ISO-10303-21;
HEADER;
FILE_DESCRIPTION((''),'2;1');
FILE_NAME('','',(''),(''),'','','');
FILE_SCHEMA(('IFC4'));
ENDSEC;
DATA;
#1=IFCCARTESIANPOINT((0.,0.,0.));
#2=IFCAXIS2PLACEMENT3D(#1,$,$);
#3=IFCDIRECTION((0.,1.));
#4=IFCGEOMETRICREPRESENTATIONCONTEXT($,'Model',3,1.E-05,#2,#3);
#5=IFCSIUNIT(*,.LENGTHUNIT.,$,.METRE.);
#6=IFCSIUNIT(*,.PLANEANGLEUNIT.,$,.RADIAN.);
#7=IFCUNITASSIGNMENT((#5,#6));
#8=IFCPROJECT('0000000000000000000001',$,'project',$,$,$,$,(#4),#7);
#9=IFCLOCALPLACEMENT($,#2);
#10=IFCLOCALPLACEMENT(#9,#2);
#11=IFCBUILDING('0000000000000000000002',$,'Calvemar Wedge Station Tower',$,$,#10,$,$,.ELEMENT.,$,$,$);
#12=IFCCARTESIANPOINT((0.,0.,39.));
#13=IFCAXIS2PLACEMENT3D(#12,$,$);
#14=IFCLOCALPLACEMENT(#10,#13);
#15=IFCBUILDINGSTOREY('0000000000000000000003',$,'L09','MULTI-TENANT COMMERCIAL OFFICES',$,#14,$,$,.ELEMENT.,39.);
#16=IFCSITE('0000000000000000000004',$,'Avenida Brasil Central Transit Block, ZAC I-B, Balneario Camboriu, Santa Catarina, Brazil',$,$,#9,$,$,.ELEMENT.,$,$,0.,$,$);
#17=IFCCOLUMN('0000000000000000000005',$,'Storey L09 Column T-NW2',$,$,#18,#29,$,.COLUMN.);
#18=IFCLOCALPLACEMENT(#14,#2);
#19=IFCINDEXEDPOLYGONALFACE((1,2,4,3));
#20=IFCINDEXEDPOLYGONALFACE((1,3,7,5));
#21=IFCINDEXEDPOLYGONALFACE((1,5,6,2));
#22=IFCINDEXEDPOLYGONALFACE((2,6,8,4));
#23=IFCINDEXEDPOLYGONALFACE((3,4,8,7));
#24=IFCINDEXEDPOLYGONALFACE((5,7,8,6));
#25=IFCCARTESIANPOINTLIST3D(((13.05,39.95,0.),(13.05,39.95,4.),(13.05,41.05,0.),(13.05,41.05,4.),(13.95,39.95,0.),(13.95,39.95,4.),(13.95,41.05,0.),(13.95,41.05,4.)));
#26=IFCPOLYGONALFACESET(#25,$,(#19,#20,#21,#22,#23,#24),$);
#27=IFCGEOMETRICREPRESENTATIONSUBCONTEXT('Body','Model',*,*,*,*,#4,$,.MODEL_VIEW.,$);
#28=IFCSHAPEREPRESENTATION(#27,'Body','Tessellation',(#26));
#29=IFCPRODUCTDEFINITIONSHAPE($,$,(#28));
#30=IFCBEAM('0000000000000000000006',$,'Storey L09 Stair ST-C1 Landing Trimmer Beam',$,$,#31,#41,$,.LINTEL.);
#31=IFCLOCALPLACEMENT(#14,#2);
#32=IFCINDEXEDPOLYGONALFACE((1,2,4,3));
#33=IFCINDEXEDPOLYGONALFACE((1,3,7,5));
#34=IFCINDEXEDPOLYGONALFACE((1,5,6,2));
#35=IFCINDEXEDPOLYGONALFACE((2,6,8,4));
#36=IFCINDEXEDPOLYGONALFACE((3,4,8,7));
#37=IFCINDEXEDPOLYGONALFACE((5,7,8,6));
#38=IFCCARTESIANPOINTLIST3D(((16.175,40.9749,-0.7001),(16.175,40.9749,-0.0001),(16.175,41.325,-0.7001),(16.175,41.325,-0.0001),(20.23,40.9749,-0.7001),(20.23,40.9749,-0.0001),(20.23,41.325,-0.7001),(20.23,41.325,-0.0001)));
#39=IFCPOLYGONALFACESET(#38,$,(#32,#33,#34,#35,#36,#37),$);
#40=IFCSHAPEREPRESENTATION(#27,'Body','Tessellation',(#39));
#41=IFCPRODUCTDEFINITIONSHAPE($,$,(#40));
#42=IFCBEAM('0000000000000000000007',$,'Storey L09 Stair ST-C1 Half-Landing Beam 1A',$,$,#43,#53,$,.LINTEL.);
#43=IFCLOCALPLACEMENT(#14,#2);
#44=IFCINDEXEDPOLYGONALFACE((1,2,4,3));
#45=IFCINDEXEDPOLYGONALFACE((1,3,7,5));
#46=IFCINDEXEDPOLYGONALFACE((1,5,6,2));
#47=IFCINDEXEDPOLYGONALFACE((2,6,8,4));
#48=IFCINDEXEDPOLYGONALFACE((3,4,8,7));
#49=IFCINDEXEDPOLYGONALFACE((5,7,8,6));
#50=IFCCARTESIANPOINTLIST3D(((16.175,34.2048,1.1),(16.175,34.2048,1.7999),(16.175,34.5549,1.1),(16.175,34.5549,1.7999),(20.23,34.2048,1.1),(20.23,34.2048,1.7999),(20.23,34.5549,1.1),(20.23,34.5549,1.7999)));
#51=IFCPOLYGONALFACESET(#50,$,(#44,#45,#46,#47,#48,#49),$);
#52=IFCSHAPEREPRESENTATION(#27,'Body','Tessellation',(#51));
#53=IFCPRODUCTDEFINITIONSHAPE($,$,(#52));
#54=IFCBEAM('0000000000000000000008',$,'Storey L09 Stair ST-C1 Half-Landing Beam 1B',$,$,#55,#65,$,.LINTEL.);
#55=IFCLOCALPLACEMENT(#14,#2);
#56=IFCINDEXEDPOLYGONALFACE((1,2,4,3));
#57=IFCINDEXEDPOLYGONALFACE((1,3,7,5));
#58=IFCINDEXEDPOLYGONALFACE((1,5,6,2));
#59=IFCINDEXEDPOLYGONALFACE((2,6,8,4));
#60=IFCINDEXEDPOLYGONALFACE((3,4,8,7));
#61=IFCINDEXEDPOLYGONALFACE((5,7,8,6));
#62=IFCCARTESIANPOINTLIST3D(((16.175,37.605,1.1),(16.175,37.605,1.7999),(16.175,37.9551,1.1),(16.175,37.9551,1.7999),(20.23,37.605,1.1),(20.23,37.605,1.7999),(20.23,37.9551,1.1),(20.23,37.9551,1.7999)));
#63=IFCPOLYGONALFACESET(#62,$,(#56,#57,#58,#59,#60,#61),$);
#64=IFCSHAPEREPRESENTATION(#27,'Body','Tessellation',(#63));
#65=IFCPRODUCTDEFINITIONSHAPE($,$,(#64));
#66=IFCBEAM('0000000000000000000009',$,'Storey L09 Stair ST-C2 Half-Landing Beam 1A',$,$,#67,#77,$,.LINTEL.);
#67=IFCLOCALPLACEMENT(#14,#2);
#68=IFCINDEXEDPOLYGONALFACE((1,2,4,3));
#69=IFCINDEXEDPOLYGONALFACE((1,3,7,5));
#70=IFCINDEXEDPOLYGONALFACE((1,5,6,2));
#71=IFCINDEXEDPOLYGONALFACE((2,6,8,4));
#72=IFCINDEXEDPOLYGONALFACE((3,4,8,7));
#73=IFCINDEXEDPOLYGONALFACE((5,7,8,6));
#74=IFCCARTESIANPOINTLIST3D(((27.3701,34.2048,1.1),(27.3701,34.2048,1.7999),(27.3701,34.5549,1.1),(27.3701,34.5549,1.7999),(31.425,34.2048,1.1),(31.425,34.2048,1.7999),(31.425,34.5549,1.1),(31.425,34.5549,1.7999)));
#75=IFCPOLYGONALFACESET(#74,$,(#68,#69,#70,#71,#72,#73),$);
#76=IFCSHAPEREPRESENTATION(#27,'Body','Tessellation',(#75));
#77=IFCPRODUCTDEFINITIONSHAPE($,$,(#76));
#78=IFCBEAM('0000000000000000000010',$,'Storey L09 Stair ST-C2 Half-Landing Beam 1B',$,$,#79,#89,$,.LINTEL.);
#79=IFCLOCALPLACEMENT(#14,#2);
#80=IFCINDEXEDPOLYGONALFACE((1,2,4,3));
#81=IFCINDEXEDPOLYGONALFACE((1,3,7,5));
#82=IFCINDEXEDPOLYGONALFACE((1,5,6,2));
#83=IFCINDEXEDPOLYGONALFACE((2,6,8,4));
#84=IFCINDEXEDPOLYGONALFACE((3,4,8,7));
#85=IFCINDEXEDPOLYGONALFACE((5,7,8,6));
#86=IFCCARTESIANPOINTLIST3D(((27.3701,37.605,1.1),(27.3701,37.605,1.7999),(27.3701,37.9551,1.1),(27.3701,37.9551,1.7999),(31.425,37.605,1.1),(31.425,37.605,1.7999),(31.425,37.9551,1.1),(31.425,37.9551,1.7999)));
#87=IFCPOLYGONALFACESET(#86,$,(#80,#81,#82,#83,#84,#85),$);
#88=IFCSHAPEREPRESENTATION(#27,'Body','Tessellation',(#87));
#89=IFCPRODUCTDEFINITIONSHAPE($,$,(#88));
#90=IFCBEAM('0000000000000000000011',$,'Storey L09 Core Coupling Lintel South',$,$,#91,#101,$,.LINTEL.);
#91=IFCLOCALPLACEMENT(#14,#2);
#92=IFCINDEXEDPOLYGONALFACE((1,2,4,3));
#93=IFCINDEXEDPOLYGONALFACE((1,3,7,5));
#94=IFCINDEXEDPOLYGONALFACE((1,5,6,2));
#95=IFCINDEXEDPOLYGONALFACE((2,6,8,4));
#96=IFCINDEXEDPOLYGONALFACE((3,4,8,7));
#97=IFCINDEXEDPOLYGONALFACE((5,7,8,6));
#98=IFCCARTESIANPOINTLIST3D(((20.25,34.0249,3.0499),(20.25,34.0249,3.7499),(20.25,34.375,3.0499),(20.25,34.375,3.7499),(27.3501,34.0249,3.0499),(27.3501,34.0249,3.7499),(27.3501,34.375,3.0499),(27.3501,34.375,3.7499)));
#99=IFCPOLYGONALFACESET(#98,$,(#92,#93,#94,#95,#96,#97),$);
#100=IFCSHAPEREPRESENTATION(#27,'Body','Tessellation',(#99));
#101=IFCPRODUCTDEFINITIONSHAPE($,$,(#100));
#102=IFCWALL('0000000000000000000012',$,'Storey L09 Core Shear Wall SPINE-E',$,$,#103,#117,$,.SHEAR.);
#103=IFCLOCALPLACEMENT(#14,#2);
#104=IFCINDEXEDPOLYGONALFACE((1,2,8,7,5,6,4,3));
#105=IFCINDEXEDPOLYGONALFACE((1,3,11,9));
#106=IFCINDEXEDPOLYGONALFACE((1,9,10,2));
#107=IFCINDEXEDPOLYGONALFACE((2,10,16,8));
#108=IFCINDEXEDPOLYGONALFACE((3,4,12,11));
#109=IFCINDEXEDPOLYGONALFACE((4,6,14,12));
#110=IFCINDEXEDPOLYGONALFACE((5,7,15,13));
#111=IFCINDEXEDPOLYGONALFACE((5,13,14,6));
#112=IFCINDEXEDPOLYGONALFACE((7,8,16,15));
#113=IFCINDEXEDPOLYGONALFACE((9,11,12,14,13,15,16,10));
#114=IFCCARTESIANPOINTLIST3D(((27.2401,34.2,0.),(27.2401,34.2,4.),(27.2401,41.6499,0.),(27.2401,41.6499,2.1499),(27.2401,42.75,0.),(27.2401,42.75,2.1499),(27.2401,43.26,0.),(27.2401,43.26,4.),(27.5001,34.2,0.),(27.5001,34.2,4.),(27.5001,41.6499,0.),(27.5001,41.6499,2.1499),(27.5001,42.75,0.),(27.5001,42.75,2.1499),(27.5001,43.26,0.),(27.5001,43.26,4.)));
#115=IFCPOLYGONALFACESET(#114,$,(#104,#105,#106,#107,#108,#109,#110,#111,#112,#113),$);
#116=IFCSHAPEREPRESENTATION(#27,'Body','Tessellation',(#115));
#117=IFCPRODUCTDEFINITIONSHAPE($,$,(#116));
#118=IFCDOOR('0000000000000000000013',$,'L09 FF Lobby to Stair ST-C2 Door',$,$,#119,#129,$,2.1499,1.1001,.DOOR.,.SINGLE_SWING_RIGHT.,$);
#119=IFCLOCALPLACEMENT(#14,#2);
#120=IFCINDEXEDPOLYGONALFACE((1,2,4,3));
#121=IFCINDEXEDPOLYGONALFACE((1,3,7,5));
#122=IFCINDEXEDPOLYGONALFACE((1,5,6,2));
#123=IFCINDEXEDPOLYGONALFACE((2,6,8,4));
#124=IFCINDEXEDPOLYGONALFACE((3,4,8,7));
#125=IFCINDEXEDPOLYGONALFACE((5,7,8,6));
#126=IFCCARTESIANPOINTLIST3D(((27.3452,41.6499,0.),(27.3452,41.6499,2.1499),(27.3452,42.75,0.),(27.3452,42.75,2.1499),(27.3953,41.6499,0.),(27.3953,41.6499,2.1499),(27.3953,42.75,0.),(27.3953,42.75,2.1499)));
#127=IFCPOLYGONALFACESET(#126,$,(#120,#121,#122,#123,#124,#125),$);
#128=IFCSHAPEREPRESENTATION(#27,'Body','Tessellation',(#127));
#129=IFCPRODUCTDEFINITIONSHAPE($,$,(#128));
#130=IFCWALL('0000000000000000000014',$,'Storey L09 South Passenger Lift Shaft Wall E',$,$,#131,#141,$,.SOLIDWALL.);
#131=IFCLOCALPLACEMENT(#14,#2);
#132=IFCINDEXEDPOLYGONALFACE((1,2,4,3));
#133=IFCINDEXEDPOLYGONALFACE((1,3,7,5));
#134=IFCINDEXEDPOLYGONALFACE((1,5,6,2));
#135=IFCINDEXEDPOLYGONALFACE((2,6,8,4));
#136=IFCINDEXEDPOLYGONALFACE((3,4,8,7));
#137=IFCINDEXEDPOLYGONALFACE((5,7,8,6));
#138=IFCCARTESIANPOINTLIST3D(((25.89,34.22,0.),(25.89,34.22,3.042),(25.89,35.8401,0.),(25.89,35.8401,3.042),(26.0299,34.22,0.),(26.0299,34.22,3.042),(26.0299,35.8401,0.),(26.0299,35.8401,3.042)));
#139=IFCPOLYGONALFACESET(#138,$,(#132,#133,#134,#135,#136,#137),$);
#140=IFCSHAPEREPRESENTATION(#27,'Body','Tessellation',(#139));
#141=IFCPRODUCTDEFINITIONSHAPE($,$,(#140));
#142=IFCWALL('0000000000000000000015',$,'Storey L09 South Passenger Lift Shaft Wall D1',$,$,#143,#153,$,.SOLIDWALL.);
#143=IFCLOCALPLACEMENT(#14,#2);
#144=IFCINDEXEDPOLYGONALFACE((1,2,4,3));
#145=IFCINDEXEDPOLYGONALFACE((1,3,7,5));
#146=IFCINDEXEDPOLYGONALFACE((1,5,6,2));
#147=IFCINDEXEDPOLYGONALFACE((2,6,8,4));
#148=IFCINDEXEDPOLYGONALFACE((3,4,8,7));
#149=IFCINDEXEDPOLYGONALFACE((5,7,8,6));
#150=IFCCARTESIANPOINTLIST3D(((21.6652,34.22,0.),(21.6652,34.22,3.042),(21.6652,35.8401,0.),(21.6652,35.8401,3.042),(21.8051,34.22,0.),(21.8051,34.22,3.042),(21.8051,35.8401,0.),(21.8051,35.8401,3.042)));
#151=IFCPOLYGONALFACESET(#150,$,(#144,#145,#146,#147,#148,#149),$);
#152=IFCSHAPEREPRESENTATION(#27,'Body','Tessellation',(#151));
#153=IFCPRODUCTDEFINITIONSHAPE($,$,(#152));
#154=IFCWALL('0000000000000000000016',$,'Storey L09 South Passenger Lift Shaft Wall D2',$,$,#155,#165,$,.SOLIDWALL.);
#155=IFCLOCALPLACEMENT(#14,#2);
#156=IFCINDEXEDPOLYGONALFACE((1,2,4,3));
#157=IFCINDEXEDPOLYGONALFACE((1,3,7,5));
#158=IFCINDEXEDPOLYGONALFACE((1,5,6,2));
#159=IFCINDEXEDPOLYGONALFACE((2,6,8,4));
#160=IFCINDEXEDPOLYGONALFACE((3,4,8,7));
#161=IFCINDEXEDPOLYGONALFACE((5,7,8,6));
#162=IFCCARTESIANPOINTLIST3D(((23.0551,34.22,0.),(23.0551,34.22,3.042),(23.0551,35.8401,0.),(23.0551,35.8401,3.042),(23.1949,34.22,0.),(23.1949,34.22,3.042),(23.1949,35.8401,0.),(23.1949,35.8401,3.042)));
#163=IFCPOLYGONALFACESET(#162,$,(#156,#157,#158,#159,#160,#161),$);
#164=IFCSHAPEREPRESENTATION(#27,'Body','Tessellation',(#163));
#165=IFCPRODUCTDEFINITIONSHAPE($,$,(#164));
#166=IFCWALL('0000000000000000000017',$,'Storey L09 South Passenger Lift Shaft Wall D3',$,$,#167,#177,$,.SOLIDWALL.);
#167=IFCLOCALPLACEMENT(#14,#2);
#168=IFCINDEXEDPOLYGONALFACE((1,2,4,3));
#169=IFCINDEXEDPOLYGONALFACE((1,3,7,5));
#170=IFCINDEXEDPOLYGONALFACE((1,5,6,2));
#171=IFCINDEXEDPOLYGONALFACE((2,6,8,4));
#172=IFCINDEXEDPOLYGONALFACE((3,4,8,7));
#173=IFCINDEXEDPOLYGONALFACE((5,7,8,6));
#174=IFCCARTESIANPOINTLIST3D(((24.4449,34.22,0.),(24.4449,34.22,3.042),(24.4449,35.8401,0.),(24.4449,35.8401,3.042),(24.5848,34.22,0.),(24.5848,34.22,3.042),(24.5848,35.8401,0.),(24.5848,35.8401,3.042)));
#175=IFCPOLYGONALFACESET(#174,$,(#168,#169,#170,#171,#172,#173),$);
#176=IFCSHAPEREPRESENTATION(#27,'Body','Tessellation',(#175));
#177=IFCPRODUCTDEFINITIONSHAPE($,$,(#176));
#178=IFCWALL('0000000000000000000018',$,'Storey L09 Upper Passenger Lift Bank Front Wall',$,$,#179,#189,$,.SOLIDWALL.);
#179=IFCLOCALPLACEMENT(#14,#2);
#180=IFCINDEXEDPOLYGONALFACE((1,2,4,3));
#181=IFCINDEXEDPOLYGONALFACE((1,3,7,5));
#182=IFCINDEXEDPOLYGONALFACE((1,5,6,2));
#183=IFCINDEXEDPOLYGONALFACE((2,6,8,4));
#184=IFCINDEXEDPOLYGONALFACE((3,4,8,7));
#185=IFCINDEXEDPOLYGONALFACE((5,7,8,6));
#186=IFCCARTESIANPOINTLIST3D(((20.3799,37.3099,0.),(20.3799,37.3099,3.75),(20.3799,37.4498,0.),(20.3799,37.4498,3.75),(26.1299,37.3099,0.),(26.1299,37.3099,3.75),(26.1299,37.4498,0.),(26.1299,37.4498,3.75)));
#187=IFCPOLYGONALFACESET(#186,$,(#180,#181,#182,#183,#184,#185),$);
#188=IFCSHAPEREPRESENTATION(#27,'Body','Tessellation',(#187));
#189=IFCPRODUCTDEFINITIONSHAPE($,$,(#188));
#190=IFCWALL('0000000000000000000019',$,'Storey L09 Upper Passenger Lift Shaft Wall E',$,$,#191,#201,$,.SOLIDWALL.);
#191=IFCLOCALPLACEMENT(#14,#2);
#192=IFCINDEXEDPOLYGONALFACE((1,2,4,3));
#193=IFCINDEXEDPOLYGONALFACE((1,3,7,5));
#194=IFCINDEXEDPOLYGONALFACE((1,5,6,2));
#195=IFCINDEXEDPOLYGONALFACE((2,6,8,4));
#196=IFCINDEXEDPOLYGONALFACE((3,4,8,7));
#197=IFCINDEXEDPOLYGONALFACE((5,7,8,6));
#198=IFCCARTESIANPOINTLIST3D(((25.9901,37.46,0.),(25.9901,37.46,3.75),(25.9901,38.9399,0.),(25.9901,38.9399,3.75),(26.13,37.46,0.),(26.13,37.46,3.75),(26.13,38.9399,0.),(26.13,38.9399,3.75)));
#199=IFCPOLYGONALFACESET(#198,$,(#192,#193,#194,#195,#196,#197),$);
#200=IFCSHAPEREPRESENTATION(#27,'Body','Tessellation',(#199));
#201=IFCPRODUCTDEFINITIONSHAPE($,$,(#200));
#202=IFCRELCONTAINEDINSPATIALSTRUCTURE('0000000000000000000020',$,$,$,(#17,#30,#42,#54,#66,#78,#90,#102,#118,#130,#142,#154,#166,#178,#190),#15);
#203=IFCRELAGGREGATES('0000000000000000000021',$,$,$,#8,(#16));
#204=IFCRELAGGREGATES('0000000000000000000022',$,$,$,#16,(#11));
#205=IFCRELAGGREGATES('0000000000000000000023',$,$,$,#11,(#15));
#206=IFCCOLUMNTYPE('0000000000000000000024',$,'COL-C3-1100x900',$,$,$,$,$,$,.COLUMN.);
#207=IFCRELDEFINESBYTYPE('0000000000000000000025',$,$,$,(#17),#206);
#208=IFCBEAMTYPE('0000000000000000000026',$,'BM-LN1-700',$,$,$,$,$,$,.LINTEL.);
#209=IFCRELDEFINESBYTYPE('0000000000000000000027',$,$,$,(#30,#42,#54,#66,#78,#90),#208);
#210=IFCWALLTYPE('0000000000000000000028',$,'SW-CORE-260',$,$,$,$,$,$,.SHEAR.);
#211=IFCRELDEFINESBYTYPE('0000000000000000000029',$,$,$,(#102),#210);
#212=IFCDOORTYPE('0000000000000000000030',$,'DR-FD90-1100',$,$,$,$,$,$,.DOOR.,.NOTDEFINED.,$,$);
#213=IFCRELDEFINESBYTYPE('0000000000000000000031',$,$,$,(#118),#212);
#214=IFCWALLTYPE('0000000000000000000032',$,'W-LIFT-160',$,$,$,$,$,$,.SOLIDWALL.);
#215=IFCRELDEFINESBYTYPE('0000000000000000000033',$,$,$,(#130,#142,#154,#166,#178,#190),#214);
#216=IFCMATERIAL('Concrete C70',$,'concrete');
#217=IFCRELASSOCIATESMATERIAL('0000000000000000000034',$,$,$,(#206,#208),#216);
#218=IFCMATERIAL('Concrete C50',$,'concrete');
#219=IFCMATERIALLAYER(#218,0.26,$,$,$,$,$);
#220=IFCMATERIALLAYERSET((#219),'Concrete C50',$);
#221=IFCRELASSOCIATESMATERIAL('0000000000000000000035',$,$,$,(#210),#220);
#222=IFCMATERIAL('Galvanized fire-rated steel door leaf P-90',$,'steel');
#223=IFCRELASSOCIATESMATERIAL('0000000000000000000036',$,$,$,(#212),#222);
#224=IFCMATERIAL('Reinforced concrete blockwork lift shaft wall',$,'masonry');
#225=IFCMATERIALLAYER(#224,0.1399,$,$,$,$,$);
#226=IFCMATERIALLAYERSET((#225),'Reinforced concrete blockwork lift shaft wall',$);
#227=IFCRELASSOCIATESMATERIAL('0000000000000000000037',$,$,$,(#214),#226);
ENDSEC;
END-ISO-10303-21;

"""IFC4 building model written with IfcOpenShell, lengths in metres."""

from ifc_helpers import new_model, si_unit, direction, frame, frame_2d, origin, origin_2d, place, context, subcontext, project, spatial, rectangle, extrude, source, transform, mapped, material, layer, layer_set, material_profile, profile_set, type_object, element, fill, save


model = new_model("IFC4")

# Units and contexts
model_context = context("Model", 3, precision=1e-05, world=origin(), true_north=direction((0.0, 1.0)))
body_context = subcontext(model_context, "Body", "Model", "MODEL_VIEW")
ifc_project = project(units=[si_unit("LENGTHUNIT", "METRE"), si_unit("PLANEANGLEUNIT", "RADIAN")], contexts=[model_context])

# Site, building, storey
site_placement = place(None, origin())
site = spatial("IfcSite", under=ifc_project, at=site_placement, Name="Avenida Brasil Central Transit Block, ZAC I-B, Balneario Camboriu, Santa Catarina, Brazil", CompositionType="ELEMENT", RefElevation=0.0)
building_placement = place(site_placement, origin())
building = spatial("IfcBuilding", under=site, at=building_placement, Name="Calvemar Wedge Station Tower", CompositionType="ELEMENT")
storey_placement = place(building_placement, frame((0.0, 0.0, 39.0)))
storey = spatial("IfcBuildingStorey", under=building, at=storey_placement, Name="L09", Description="MULTI-TENANT COMMERCIAL OFFICES", CompositionType="ELEMENT", Elevation=39.0)

# Column
ifc_material_1 = material(Name="Concrete C70", Category="concrete")
ifc_material_profile_1 = material_profile(ifc_material_1, rectangle(XDim=0.8999, YDim=1.1001, at=origin_2d()), Name="RC1100x900")
ifc_profile_set_1 = profile_set([ifc_material_profile_1], Name="Concrete C70")
column_type = type_object("IfcColumnType", Name="COL-C3-1100x900", PredefinedType="COLUMN", material=ifc_profile_set_1)
shared_shape_1 = source(origin(), body_context, "Body", "SweptSolid", [
    extrude(rectangle(XDim=0.8999, YDim=1.1001, at=origin_2d()), origin(), (0.0, 0.0, 1.0), 4.0),
])
column_placement = place(storey_placement, frame((13.5, 40.5, 0.0), z_axis=(0.0, 0.0, 1.0), x_axis=(1.0, 0.0, 0.0)))
element("IfcColumn", 1, at=column_placement, inside=storey, type_object=column_type, Name="Storey L09 Column T-NW2", PredefinedType="COLUMN", context=body_context, shape_type="MappedRepresentation", body=[
    mapped(shared_shape_1, transform((0.0, 0.0, 0.0), scale=1.0)),
])

# Beams
ifc_material_profile_2 = material_profile(ifc_material_1, rectangle(XDim=0.3501, YDim=0.7, at=origin_2d()), Name="RC350x700")
ifc_profile_set_2 = profile_set([ifc_material_profile_2], Name="Concrete C70")
beam_type = type_object("IfcBeamType", Name="BM-LN1-700", PredefinedType="LINTEL", material=ifc_profile_set_2)
shared_shape_2 = source(origin(), body_context, "Body", "SweptSolid", [
    extrude(rectangle(XDim=0.3501, YDim=0.7, at=origin_2d()), origin(), (0.0, 0.0, 1.0), 4.0549),
])
for number, where, z_axis, x_axis, name in (
    (2, (16.175, 41.1499, -0.3501), (1.0, 0.0, 0.0), (0.0, 1.0, 0.0), "Storey L09 Stair ST-C1 Landing Trimmer Beam"),
    (3, (16.175, 34.3799, 1.45), (1.0, 0.0, 0.0), (0.0, 1.0, 0.0), "Storey L09 Stair ST-C1 Half-Landing Beam 1A"),
    (4, (16.175, 37.78, 1.45), (1.0, 0.0, 0.0), (0.0, 1.0, 0.0), "Storey L09 Stair ST-C1 Half-Landing Beam 1B"),
    (5, (27.3701, 34.3799, 1.45), (1.0, 0.0, 0.0), (0.0, 1.0, 0.0), "Storey L09 Stair ST-C2 Half-Landing Beam 1A"),
    (6, (27.3701, 37.78, 1.45), (1.0, 0.0, 0.0), (0.0, 1.0, 0.0), "Storey L09 Stair ST-C2 Half-Landing Beam 1B"),
):
    element("IfcBeam", number, at=place(storey_placement, frame(where, z_axis=z_axis, x_axis=x_axis)), inside=storey, type_object=beam_type, Name=name, PredefinedType="LINTEL", context=body_context, shape_type="MappedRepresentation", body=[
        mapped(shared_shape_2, transform((0.0, 0.0, 0.0), scale=1.0)),
    ])
shared_shape_3 = source(origin(), body_context, "Body", "SweptSolid", [
    extrude(rectangle(XDim=0.3501, YDim=0.7, at=origin_2d()), origin(), (0.0, 0.0, 1.0), 7.1001),
])
beam_placement = place(storey_placement, frame((20.25, 34.2, 3.3999), z_axis=(1.0, 0.0, 0.0), x_axis=(0.0, 1.0, 0.0)))
element("IfcBeam", 7, at=beam_placement, inside=storey, type_object=beam_type, Name="Storey L09 Core Coupling Lintel South", PredefinedType="LINTEL", context=body_context, shape_type="MappedRepresentation", body=[
    mapped(shared_shape_3, transform((0.0, 0.0, 0.0), scale=1.0)),
])

# Wall, opening, door
ifc_material_2 = material(Name="Concrete C50", Category="concrete")
ifc_layer_1 = layer(ifc_material_2, 0.26)
ifc_layer_set_1 = layer_set([ifc_layer_1], Name="Concrete C50")
wall_type_1 = type_object("IfcWallType", Name="SW-CORE-260", PredefinedType="SHEAR", material=ifc_layer_set_1)
wall_1_placement = place(storey_placement, frame((27.3701, 34.2, 0.0), z_axis=(0.0, 0.0, 1.0), x_axis=(0.0, 1.0, 0.0)))
wall_1 = element("IfcWall", 8, at=wall_1_placement, inside=storey, type_object=wall_type_1, Name="Storey L09 Core Shear Wall SPINE-E", PredefinedType="SHEAR", context=body_context, shape_type="SweptSolid", body=[
    extrude(rectangle(XDim=9.0601, YDim=0.26, at=frame_2d((4.53, 0.0))), origin(), (0.0, 0.0, 1.0), 4.0),
])
shared_shape_4 = source(origin(), body_context, "Body", "SweptSolid", [
    extrude(rectangle(XDim=1.1001, YDim=2.1499, at=frame_2d((0.55, 1.075))), frame((0.0, 0.1401, 0.0), z_axis=(0.0, -1.0, 0.0), x_axis=(1.0, 0.0, 0.0)), (0.0, 0.0, 1.0), 0.28),
])
opening_1_placement = place(wall_1_placement, frame((7.45, 0.0, 0.0)))
opening_1 = element("IfcOpeningElement", 9, at=opening_1_placement, cuts=wall_1, PredefinedType="OPENING", context=body_context, shape_type="MappedRepresentation", body=[
    mapped(shared_shape_4, transform((0.0, 0.0, 0.0), scale=1.0)),
])
ifc_material_3 = material(Name="Galvanized fire-rated steel door leaf P-90", Category="steel")
door_type_1 = type_object("IfcDoorType", Name="DR-FD90-1100", OperationType="NOTDEFINED", PredefinedType="DOOR", material=ifc_material_3)
shared_shape_5 = source(origin(), body_context, "Body", "SweptSolid", [
    extrude(rectangle(XDim=1.1001, YDim=2.1499, at=frame_2d((0.55, 1.075))), frame((0.0, 0.0249, 0.0), z_axis=(0.0, -1.0, 0.0), x_axis=(1.0, 0.0, 0.0)), (0.0, 0.0, 1.0), 0.05),
])
door_1_placement = place(opening_1_placement, origin())
door_1 = element("IfcDoor", 10, at=door_1_placement, inside=storey, type_object=door_type_1, Name="L09 FF Lobby to Stair ST-C2 Door", OperationType="SINGLE_SWING_RIGHT", OverallHeight=2.1499, OverallWidth=1.1001, PredefinedType="DOOR", context=body_context, shape_type="MappedRepresentation", body=[
    mapped(shared_shape_5, transform((0.0, 0.0, 0.0), scale=1.0)),
])
fill(opening_1, door_1)

# Shared definitions
ifc_material_4 = material(Name="Reinforced concrete blockwork lift shaft wall", Category="masonry")
ifc_layer_2 = layer(ifc_material_4, 0.1399)
ifc_layer_set_2 = layer_set([ifc_layer_2], Name="Reinforced concrete blockwork lift shaft wall")
wall_type_2 = type_object("IfcWallType", Name="W-LIFT-160", PredefinedType="SOLIDWALL", material=ifc_layer_set_2)

# Walls
for number, where, z_axis, x_axis, name in (
    (11, (25.96, 34.22, 0.0), (0.0, 0.0, 1.0), (0.0, 1.0, 0.0), "Storey L09 South Passenger Lift Shaft Wall E"),
    (12, (21.7351, 34.22, 0.0), (0.0, 0.0, 1.0), (0.0, 1.0, 0.0), "Storey L09 South Passenger Lift Shaft Wall D1"),
    (13, (23.125, 34.22, 0.0), (0.0, 0.0, 1.0), (0.0, 1.0, 0.0), "Storey L09 South Passenger Lift Shaft Wall D2"),
    (14, (24.5149, 34.22, 0.0), (0.0, 0.0, 1.0), (0.0, 1.0, 0.0), "Storey L09 South Passenger Lift Shaft Wall D3"),
):
    element("IfcWall", number, at=place(storey_placement, frame(where, z_axis=z_axis, x_axis=x_axis)), inside=storey, type_object=wall_type_2, Name=name, PredefinedType="SOLIDWALL", context=body_context, shape_type="SweptSolid", body=[
        extrude(rectangle(XDim=1.6201, YDim=0.1399, at=frame_2d((0.8101, 0.0))), origin(), (0.0, 0.0, 1.0), 3.042),
    ])
wall_2_placement = place(storey_placement, frame((20.3799, 37.3799, 0.0), z_axis=(0.0, 0.0, 1.0), x_axis=(1.0, 0.0, 0.0)))
element("IfcWall", 15, at=wall_2_placement, inside=storey, type_object=wall_type_2, Name="Storey L09 Upper Passenger Lift Bank Front Wall", PredefinedType="SOLIDWALL", context=body_context, shape_type="SweptSolid", body=[
    extrude(rectangle(XDim=5.75, YDim=0.1399, at=frame_2d((2.875, 0.0))), origin(), (0.0, 0.0, 1.0), 3.75),
])
for number, where, z_axis, x_axis, name in (
    (16, (26.0601, 37.46, 0.0), (0.0, 0.0, 1.0), (0.0, 1.0, 0.0), "Storey L09 Upper Passenger Lift Shaft Wall E"),
):
    element("IfcWall", number, at=place(storey_placement, frame(where, z_axis=z_axis, x_axis=x_axis)), inside=storey, type_object=wall_type_2, Name=name, PredefinedType="SOLIDWALL", context=body_context, shape_type="SweptSolid", body=[
        extrude(rectangle(XDim=1.48, YDim=0.1399, at=frame_2d((0.74, 0.0))), origin(), (0.0, 0.0, 1.0), 3.75),
    ])

save(model, "model.ifc")
